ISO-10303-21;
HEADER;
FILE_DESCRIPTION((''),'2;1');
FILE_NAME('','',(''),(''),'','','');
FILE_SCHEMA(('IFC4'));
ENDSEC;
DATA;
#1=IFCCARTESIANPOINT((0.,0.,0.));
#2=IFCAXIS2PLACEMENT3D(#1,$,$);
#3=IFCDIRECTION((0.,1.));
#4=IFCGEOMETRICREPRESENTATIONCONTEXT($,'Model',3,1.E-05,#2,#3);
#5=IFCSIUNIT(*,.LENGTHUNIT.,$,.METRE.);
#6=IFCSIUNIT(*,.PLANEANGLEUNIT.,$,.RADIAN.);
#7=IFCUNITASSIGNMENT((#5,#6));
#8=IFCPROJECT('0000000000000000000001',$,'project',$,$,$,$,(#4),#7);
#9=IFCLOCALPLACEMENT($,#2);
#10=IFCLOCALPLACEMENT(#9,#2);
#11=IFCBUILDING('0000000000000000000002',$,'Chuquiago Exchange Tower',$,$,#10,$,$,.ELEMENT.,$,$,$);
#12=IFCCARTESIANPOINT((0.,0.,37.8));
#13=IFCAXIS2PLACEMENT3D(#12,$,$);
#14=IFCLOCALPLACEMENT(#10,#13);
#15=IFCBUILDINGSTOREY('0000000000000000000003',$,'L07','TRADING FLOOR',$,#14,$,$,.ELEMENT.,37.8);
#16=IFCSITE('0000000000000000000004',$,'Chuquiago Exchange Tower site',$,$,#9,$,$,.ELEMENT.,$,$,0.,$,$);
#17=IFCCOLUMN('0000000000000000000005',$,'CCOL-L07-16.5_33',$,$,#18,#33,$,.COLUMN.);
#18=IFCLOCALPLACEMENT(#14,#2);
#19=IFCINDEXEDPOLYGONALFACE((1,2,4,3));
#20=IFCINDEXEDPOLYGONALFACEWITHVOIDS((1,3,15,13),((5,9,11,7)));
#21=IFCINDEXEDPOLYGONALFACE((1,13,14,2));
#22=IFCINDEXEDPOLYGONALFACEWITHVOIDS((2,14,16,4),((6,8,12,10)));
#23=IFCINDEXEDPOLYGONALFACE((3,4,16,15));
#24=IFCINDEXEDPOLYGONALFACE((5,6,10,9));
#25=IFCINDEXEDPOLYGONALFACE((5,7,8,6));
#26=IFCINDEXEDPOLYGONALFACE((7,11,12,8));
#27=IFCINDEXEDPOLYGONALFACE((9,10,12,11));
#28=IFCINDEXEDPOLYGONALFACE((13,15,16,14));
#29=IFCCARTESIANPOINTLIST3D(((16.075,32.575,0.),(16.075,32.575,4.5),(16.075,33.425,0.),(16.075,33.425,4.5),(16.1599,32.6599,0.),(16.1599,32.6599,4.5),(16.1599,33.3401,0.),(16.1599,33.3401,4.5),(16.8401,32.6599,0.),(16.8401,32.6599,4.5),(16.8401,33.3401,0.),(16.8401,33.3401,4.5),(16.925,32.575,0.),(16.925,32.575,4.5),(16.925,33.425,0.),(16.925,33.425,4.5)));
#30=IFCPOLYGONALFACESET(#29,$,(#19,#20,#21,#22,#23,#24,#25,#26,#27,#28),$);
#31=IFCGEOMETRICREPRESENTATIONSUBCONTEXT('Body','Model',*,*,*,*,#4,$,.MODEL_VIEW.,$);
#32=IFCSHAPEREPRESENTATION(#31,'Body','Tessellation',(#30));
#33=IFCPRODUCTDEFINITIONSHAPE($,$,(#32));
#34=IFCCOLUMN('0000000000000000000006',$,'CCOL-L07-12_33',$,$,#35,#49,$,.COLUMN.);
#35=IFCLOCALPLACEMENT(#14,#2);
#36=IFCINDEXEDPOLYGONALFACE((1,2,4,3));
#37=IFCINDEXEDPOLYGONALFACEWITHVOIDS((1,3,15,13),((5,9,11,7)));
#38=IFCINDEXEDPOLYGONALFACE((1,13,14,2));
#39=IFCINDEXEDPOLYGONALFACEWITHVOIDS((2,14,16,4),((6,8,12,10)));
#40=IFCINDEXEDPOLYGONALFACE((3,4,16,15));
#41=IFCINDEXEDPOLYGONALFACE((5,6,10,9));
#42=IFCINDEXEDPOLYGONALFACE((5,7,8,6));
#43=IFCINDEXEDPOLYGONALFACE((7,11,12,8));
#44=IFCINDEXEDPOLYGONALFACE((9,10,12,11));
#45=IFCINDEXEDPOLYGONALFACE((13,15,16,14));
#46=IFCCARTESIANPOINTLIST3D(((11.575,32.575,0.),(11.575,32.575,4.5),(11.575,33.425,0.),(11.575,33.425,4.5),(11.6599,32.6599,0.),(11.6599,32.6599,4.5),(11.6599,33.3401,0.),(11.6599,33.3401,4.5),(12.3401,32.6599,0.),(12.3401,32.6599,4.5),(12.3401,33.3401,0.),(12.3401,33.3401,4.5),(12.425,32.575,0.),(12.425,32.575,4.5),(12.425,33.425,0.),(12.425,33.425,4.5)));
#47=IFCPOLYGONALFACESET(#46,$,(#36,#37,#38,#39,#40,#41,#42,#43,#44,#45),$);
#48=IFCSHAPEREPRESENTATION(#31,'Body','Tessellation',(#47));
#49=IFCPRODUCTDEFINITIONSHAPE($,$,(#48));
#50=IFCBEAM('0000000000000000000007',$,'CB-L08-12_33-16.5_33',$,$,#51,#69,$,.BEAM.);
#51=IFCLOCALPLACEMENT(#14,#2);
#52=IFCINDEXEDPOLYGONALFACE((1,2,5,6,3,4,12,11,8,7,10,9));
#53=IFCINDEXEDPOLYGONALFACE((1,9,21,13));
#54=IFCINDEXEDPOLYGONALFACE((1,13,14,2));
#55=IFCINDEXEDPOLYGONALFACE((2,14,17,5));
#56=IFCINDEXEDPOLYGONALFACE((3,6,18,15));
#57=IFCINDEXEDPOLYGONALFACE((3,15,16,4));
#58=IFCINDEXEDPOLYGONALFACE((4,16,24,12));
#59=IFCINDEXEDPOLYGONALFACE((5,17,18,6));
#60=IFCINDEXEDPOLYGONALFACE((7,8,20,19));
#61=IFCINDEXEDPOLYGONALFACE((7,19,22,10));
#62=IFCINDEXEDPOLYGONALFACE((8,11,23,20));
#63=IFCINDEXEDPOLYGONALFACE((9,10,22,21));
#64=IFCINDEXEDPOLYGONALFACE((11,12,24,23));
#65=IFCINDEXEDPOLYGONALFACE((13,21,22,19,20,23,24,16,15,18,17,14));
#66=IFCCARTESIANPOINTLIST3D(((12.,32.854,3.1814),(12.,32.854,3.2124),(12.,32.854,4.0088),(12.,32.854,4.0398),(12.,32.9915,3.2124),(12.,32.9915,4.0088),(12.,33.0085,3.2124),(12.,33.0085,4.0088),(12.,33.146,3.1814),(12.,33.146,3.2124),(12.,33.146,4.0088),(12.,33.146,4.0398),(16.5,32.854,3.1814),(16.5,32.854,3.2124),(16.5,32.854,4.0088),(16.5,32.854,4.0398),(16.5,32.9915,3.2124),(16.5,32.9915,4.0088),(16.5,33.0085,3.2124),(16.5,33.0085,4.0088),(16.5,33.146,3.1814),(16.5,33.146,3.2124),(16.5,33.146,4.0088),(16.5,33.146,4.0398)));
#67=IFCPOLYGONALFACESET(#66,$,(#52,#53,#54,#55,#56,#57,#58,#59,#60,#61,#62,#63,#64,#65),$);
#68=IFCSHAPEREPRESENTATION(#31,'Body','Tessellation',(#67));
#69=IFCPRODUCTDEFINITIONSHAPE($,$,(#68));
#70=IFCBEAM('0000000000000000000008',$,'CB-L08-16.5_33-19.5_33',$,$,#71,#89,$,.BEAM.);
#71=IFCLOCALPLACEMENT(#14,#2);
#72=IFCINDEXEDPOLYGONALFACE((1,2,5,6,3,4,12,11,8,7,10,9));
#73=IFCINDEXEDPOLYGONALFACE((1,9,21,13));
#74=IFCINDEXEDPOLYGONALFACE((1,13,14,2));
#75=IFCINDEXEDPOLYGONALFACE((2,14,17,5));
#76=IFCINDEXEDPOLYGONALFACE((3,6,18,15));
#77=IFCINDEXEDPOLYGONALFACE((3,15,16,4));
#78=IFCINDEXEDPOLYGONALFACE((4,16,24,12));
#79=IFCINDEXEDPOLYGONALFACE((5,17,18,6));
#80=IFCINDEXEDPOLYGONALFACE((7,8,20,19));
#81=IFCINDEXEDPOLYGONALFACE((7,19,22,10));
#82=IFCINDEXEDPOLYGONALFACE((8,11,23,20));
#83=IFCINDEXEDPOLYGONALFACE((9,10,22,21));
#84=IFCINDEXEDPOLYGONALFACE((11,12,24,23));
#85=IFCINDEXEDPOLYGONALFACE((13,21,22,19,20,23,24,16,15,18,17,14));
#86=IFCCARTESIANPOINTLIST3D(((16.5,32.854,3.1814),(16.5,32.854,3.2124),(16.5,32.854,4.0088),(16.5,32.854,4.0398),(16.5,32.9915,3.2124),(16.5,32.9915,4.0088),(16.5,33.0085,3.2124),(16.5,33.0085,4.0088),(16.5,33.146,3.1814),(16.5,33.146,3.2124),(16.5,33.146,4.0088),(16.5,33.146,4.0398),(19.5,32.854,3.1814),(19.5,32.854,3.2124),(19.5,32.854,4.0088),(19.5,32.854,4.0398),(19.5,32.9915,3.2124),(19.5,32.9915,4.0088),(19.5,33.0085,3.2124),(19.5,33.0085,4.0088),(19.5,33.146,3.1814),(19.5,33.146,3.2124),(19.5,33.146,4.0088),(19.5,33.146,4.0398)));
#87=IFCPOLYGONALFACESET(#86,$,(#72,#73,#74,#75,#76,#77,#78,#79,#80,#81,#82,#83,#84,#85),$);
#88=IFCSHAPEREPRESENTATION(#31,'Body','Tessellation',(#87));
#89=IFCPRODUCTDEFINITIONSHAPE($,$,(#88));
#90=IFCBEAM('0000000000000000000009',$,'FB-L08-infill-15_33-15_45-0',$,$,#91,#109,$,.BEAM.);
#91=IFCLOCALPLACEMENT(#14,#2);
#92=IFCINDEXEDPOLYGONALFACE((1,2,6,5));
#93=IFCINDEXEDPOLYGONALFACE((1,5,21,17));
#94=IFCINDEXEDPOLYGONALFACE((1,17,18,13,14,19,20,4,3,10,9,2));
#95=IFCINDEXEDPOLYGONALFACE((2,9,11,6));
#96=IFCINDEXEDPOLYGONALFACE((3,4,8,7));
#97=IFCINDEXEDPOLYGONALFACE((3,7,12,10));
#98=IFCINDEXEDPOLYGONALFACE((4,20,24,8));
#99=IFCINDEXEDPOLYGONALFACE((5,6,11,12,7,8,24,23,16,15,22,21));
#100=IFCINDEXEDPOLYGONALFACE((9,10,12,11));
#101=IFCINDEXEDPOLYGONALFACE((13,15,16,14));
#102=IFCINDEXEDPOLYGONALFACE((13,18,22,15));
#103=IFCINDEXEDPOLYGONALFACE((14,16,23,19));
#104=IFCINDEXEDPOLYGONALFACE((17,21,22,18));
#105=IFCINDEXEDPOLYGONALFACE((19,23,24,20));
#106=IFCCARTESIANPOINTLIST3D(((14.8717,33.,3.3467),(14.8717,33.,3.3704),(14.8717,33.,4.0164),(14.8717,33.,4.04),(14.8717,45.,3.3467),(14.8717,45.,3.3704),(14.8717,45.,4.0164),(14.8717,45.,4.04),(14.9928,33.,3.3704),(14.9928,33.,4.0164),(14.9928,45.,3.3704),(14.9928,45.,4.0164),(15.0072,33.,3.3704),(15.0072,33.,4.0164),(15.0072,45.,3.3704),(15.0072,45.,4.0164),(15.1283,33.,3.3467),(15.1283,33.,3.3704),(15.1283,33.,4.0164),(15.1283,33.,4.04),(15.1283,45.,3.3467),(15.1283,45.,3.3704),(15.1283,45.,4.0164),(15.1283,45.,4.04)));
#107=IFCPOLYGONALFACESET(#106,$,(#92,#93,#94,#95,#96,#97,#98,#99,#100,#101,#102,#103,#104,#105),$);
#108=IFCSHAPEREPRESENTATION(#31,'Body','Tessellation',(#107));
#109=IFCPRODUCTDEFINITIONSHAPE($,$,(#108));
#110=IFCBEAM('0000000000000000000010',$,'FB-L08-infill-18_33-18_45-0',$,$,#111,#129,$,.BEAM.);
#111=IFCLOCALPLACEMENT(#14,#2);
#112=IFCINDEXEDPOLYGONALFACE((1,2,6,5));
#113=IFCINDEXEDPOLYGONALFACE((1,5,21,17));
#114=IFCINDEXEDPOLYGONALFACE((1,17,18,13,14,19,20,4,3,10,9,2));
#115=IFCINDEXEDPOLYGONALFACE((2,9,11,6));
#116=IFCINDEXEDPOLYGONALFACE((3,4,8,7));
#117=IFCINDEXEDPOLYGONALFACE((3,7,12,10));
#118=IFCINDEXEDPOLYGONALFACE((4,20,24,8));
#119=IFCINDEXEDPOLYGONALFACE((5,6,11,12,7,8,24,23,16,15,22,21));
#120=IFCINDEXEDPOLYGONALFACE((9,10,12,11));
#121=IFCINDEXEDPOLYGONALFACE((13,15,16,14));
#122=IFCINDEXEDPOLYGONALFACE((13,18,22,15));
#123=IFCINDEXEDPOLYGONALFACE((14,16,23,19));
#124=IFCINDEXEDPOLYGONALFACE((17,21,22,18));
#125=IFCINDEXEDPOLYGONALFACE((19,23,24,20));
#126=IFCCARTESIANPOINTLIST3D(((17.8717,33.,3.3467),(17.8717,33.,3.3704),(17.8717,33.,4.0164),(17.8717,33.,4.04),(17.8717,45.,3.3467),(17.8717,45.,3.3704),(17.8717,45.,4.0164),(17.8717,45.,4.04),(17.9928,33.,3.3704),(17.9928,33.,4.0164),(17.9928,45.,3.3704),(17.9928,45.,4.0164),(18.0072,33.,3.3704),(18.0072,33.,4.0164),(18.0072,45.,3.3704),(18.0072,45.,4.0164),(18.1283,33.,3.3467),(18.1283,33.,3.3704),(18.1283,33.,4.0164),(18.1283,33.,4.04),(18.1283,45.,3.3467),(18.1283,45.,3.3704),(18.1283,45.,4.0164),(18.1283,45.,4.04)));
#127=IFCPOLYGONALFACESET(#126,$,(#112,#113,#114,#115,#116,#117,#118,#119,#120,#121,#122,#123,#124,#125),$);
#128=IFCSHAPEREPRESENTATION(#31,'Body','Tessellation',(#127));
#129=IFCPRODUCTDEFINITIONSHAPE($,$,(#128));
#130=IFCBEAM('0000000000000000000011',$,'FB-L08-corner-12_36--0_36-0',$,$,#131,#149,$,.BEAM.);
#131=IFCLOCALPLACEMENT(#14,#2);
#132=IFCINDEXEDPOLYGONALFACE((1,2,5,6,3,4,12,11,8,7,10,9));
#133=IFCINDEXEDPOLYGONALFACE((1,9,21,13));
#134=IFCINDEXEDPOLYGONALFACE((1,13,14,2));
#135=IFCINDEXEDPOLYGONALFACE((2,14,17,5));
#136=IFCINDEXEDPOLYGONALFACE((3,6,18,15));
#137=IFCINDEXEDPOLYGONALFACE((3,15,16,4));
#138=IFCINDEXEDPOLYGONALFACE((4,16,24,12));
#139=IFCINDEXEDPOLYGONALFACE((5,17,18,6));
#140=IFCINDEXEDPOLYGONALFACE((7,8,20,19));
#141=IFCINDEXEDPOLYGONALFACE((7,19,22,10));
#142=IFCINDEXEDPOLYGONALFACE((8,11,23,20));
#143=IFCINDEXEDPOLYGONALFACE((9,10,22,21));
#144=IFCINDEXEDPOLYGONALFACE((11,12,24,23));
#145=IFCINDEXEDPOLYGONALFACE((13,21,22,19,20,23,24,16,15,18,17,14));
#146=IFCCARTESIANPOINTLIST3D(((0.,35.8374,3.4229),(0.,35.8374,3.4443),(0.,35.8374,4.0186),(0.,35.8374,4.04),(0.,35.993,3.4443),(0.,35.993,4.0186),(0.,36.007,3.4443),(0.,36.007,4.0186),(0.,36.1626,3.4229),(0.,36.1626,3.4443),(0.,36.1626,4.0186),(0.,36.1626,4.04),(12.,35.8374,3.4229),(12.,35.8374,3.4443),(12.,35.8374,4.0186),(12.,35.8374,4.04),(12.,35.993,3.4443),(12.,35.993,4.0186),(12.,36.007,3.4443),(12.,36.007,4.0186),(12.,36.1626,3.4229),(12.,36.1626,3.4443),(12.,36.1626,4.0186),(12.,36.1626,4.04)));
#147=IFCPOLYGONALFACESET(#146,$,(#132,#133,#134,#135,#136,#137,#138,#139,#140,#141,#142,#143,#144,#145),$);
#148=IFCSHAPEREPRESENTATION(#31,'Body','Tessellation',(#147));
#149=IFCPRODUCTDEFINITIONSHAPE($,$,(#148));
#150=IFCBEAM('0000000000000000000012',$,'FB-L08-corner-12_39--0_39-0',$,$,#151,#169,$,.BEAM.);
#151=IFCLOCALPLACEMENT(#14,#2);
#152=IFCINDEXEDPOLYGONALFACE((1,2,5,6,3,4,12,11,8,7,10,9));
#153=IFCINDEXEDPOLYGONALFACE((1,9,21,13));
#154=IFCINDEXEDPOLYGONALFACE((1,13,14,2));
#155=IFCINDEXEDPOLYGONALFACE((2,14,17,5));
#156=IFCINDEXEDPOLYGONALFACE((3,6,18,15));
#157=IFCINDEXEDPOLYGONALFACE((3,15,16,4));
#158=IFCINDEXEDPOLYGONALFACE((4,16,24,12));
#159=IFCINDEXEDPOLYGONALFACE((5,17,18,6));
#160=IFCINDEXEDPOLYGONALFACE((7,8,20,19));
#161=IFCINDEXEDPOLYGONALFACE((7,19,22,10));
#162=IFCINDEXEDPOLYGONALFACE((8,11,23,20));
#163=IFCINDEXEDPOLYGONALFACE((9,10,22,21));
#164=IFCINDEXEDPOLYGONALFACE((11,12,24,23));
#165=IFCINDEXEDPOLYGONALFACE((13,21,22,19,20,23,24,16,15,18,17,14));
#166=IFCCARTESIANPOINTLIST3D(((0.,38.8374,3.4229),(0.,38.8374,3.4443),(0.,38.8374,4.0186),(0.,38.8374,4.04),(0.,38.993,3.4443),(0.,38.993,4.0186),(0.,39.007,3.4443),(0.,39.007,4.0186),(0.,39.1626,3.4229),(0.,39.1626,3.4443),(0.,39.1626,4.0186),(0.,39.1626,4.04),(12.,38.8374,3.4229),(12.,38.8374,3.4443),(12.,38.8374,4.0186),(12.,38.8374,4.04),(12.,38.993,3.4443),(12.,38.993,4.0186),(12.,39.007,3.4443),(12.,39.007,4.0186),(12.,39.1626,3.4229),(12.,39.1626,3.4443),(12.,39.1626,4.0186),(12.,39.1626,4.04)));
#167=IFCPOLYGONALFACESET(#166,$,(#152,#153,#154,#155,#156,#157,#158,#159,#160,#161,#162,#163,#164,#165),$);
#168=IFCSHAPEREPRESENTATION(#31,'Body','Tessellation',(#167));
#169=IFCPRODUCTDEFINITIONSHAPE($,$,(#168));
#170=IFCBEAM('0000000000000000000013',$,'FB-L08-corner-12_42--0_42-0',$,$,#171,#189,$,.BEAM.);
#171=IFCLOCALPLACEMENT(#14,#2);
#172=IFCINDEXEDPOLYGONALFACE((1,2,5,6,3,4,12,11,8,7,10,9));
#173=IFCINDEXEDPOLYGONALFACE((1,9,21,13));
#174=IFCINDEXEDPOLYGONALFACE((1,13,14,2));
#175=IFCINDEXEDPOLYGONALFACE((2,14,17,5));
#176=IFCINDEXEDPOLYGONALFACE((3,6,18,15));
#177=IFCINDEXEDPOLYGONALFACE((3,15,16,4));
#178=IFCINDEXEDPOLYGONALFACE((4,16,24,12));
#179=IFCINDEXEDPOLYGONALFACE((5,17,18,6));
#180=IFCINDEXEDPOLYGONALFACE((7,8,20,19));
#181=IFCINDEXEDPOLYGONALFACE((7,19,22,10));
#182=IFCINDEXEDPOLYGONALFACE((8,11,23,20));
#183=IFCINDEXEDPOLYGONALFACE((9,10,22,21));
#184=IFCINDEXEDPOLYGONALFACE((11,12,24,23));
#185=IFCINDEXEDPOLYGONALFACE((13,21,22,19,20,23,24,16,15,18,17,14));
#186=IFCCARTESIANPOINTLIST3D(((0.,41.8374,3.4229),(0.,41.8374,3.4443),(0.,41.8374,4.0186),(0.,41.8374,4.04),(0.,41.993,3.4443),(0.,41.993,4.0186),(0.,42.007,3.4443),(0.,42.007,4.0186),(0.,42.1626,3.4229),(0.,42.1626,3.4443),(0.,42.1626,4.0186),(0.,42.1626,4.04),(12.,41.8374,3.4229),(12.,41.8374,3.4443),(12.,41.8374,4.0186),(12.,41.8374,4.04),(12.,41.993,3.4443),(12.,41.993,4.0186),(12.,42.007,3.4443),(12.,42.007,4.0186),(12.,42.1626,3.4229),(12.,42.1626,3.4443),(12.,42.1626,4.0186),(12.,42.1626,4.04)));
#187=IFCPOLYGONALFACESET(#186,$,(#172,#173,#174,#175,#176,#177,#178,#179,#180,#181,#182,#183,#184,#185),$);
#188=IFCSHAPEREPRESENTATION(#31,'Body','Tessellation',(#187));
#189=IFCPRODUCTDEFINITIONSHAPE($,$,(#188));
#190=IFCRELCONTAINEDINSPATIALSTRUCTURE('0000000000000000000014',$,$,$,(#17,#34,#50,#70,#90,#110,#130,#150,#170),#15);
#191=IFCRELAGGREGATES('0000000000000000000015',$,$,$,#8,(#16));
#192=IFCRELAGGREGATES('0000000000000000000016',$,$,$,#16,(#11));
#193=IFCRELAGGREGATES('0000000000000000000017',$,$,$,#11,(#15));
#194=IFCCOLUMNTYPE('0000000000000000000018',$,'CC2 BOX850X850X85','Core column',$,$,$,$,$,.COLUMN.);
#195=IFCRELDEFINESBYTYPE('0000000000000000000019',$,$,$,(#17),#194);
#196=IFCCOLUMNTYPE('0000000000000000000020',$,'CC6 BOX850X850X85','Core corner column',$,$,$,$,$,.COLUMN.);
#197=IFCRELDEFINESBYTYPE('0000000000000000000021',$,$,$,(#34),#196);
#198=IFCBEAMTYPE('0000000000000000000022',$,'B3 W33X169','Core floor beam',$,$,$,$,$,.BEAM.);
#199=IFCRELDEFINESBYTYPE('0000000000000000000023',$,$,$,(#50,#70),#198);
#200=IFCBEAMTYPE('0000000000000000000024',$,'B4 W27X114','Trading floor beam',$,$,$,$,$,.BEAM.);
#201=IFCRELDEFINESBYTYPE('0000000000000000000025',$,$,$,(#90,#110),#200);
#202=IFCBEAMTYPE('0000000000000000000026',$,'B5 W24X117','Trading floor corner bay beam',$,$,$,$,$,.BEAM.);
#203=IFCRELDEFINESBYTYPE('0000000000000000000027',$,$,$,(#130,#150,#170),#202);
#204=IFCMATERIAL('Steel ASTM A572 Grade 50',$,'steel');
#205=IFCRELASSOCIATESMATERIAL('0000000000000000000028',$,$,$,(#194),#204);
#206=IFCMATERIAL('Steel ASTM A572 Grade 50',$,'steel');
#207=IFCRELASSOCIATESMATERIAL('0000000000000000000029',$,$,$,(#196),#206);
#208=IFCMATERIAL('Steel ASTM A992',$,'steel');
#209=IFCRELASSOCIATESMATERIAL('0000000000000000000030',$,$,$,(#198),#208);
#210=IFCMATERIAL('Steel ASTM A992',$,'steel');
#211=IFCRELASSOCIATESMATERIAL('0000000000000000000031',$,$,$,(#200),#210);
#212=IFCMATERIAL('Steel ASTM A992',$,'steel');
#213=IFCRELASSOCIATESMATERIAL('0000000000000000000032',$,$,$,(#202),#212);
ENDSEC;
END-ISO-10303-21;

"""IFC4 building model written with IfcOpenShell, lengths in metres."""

from ifc_helpers import new_model, si_unit, direction, frame, origin, origin_2d, place, context, subcontext, project, spatial, hollow_rectangle, i_section, extrude, material, material_profile, profile_set, type_object, element, save


model = new_model("IFC4")

# Units and contexts
model_context = context("Model", 3, precision=1e-05, world=origin(), true_north=direction((0.0, 1.0)))
body_context = subcontext(model_context, "Body", "Model", "MODEL_VIEW")
ifc_project = project(units=[si_unit("LENGTHUNIT", "METRE"), si_unit("PLANEANGLEUNIT", "RADIAN")], contexts=[model_context])

# Site, building, storey
site_placement = place(None, origin())
site = spatial("IfcSite", under=ifc_project, at=site_placement, Name="Chuquiago Exchange Tower site", CompositionType="ELEMENT", RefElevation=0.0)
building_placement = place(site_placement, origin())
building = spatial("IfcBuilding", under=site, at=building_placement, Name="Chuquiago Exchange Tower", CompositionType="ELEMENT")
storey_placement = place(building_placement, frame((0.0, 0.0, 37.8)))
storey = spatial("IfcBuildingStorey", under=building, at=storey_placement, Name="L07", Description="TRADING FLOOR", CompositionType="ELEMENT", Elevation=37.8)

# Columns
ifc_material_1 = material(Name="Steel ASTM A572 Grade 50", Category="steel")
ifc_material_profile_1 = material_profile(ifc_material_1, hollow_rectangle(XDim=0.8501, YDim=0.8501, WallThickness=0.085, at=origin_2d()), Name="BOX850X850X85")
ifc_profile_set_1 = profile_set([ifc_material_profile_1], Name="Steel ASTM A572 Grade 50")
column_type_1 = type_object("IfcColumnType", Name="CC2 BOX850X850X85", Description="Core column", PredefinedType="COLUMN", material=ifc_profile_set_1)
column_1_placement = place(storey_placement, frame((16.5, 33.0, 0.0), z_axis=(0.0, 0.0, 1.0), x_axis=(1.0, 0.0, 0.0)))
element("IfcColumn", 1, at=column_1_placement, inside=storey, type_object=column_type_1, Name="CCOL-L07-16.5_33", PredefinedType="COLUMN", context=body_context, shape_type="SweptSolid", body=[
    extrude(hollow_rectangle(XDim=0.8501, YDim=0.8501, WallThickness=0.085, at=origin_2d()), origin(), (0.0, 0.0, 1.0), 4.5),
])
ifc_material_2 = material(Name="Steel ASTM A572 Grade 50", Category="steel")
ifc_material_profile_2 = material_profile(ifc_material_2, hollow_rectangle(XDim=0.8501, YDim=0.8501, WallThickness=0.085, at=origin_2d()), Name="BOX850X850X85")
ifc_profile_set_2 = profile_set([ifc_material_profile_2], Name="Steel ASTM A572 Grade 50")
column_type_2 = type_object("IfcColumnType", Name="CC6 BOX850X850X85", Description="Core corner column", PredefinedType="COLUMN", material=ifc_profile_set_2)
column_2_placement = place(storey_placement, frame((12.0, 33.0, 0.0), z_axis=(0.0, 0.0, 1.0), x_axis=(1.0, 0.0, 0.0)))
element("IfcColumn", 2, at=column_2_placement, inside=storey, type_object=column_type_2, Name="CCOL-L07-12_33", PredefinedType="COLUMN", context=body_context, shape_type="SweptSolid", body=[
    extrude(hollow_rectangle(XDim=0.8501, YDim=0.8501, WallThickness=0.085, at=origin_2d()), origin(), (0.0, 0.0, 1.0), 4.5),
])

# Beams
ifc_material_3 = material(Name="Steel ASTM A992", Category="steel")
ifc_material_profile_3 = material_profile(ifc_material_3, i_section(OverallWidth=0.292, OverallDepth=0.8584, WebThickness=0.0171, FlangeThickness=0.031, at=origin_2d()), Name="W33X169")
ifc_profile_set_3 = profile_set([ifc_material_profile_3], Name="Steel ASTM A992")
beam_type_1 = type_object("IfcBeamType", Name="B3 W33X169", Description="Core floor beam", PredefinedType="BEAM", material=ifc_profile_set_3)
beam_1_placement = place(storey_placement, frame((12.0, 33.0, 3.6106), z_axis=(1.0, 0.0, 0.0), x_axis=(0.0, 1.0, 0.0)))
element("IfcBeam", 3, at=beam_1_placement, inside=storey, type_object=beam_type_1, Name="CB-L08-12_33-16.5_33", PredefinedType="BEAM", context=body_context, shape_type="SweptSolid", body=[
    extrude(i_section(OverallWidth=0.292, OverallDepth=0.8584, WebThickness=0.0171, FlangeThickness=0.031, at=origin_2d()), origin(), (0.0, 0.0, 1.0), 4.5),
])
beam_2_placement = place(storey_placement, frame((16.5, 33.0, 3.6106), z_axis=(1.0, 0.0, 0.0), x_axis=(0.0, 1.0, 0.0)))
element("IfcBeam", 4, at=beam_2_placement, inside=storey, type_object=beam_type_1, Name="CB-L08-16.5_33-19.5_33", PredefinedType="BEAM", context=body_context, shape_type="SweptSolid", body=[
    extrude(i_section(OverallWidth=0.292, OverallDepth=0.8584, WebThickness=0.0171, FlangeThickness=0.031, at=origin_2d()), origin(), (0.0, 0.0, 1.0), 3.0),
])
ifc_material_4 = material(Name="Steel ASTM A992", Category="steel")
ifc_material_profile_4 = material_profile(ifc_material_4, i_section(OverallWidth=0.2566, OverallDepth=0.6934, WebThickness=0.0144, FlangeThickness=0.0237, at=origin_2d()), Name="W27X114")
ifc_profile_set_4 = profile_set([ifc_material_profile_4], Name="Steel ASTM A992")
beam_type_2 = type_object("IfcBeamType", Name="B4 W27X114", Description="Trading floor beam", PredefinedType="BEAM", material=ifc_profile_set_4)
for number, where, z_axis, x_axis, name in (
    (5, (15.0, 33.0, 3.6934), (0.0, 1.0, 0.0), (-1.0, 0.0, 0.0), "FB-L08-infill-15_33-15_45-0"),
    (6, (18.0, 33.0, 3.6934), (0.0, 1.0, 0.0), (-1.0, 0.0, 0.0), "FB-L08-infill-18_33-18_45-0"),
):
    element("IfcBeam", number, at=place(storey_placement, frame(where, z_axis=z_axis, x_axis=x_axis)), inside=storey, type_object=beam_type_2, Name=name, PredefinedType="BEAM", context=body_context, shape_type="SweptSolid", body=[
        extrude(i_section(OverallWidth=0.2566, OverallDepth=0.6934, WebThickness=0.0144, FlangeThickness=0.0237, at=origin_2d()), origin(), (0.0, 0.0, 1.0), 12.0),
    ])
ifc_material_5 = material(Name="Steel ASTM A992", Category="steel")
ifc_material_profile_5 = material_profile(ifc_material_5, i_section(OverallWidth=0.3252, OverallDepth=0.6172, WebThickness=0.0139, FlangeThickness=0.0215, at=origin_2d()), Name="W24X117")
ifc_profile_set_5 = profile_set([ifc_material_profile_5], Name="Steel ASTM A992")
beam_type_3 = type_object("IfcBeamType", Name="B5 W24X117", Description="Trading floor corner bay beam", PredefinedType="BEAM", material=ifc_profile_set_5)
for number, where, z_axis, x_axis, name in (
    (7, (12.0, 36.0, 3.7314), (-1.0, 0.0, 0.0), (0.0, -1.0, 0.0), "FB-L08-corner-12_36--0_36-0"),
    (8, (12.0, 39.0, 3.7314), (-1.0, 0.0, 0.0), (0.0, -1.0, 0.0), "FB-L08-corner-12_39--0_39-0"),
    (9, (12.0, 42.0, 3.7314), (-1.0, 0.0, 0.0), (0.0, -1.0, 0.0), "FB-L08-corner-12_42--0_42-0"),
):
    element("IfcBeam", number, at=place(storey_placement, frame(where, z_axis=z_axis, x_axis=x_axis)), inside=storey, type_object=beam_type_3, Name=name, PredefinedType="BEAM", context=body_context, shape_type="SweptSolid", body=[
        extrude(i_section(OverallWidth=0.3252, OverallDepth=0.6172, WebThickness=0.0139, FlangeThickness=0.0215, at=origin_2d()), origin(), (0.0, 0.0, 1.0), 12.0),
    ])

save(model, "model.ifc")
